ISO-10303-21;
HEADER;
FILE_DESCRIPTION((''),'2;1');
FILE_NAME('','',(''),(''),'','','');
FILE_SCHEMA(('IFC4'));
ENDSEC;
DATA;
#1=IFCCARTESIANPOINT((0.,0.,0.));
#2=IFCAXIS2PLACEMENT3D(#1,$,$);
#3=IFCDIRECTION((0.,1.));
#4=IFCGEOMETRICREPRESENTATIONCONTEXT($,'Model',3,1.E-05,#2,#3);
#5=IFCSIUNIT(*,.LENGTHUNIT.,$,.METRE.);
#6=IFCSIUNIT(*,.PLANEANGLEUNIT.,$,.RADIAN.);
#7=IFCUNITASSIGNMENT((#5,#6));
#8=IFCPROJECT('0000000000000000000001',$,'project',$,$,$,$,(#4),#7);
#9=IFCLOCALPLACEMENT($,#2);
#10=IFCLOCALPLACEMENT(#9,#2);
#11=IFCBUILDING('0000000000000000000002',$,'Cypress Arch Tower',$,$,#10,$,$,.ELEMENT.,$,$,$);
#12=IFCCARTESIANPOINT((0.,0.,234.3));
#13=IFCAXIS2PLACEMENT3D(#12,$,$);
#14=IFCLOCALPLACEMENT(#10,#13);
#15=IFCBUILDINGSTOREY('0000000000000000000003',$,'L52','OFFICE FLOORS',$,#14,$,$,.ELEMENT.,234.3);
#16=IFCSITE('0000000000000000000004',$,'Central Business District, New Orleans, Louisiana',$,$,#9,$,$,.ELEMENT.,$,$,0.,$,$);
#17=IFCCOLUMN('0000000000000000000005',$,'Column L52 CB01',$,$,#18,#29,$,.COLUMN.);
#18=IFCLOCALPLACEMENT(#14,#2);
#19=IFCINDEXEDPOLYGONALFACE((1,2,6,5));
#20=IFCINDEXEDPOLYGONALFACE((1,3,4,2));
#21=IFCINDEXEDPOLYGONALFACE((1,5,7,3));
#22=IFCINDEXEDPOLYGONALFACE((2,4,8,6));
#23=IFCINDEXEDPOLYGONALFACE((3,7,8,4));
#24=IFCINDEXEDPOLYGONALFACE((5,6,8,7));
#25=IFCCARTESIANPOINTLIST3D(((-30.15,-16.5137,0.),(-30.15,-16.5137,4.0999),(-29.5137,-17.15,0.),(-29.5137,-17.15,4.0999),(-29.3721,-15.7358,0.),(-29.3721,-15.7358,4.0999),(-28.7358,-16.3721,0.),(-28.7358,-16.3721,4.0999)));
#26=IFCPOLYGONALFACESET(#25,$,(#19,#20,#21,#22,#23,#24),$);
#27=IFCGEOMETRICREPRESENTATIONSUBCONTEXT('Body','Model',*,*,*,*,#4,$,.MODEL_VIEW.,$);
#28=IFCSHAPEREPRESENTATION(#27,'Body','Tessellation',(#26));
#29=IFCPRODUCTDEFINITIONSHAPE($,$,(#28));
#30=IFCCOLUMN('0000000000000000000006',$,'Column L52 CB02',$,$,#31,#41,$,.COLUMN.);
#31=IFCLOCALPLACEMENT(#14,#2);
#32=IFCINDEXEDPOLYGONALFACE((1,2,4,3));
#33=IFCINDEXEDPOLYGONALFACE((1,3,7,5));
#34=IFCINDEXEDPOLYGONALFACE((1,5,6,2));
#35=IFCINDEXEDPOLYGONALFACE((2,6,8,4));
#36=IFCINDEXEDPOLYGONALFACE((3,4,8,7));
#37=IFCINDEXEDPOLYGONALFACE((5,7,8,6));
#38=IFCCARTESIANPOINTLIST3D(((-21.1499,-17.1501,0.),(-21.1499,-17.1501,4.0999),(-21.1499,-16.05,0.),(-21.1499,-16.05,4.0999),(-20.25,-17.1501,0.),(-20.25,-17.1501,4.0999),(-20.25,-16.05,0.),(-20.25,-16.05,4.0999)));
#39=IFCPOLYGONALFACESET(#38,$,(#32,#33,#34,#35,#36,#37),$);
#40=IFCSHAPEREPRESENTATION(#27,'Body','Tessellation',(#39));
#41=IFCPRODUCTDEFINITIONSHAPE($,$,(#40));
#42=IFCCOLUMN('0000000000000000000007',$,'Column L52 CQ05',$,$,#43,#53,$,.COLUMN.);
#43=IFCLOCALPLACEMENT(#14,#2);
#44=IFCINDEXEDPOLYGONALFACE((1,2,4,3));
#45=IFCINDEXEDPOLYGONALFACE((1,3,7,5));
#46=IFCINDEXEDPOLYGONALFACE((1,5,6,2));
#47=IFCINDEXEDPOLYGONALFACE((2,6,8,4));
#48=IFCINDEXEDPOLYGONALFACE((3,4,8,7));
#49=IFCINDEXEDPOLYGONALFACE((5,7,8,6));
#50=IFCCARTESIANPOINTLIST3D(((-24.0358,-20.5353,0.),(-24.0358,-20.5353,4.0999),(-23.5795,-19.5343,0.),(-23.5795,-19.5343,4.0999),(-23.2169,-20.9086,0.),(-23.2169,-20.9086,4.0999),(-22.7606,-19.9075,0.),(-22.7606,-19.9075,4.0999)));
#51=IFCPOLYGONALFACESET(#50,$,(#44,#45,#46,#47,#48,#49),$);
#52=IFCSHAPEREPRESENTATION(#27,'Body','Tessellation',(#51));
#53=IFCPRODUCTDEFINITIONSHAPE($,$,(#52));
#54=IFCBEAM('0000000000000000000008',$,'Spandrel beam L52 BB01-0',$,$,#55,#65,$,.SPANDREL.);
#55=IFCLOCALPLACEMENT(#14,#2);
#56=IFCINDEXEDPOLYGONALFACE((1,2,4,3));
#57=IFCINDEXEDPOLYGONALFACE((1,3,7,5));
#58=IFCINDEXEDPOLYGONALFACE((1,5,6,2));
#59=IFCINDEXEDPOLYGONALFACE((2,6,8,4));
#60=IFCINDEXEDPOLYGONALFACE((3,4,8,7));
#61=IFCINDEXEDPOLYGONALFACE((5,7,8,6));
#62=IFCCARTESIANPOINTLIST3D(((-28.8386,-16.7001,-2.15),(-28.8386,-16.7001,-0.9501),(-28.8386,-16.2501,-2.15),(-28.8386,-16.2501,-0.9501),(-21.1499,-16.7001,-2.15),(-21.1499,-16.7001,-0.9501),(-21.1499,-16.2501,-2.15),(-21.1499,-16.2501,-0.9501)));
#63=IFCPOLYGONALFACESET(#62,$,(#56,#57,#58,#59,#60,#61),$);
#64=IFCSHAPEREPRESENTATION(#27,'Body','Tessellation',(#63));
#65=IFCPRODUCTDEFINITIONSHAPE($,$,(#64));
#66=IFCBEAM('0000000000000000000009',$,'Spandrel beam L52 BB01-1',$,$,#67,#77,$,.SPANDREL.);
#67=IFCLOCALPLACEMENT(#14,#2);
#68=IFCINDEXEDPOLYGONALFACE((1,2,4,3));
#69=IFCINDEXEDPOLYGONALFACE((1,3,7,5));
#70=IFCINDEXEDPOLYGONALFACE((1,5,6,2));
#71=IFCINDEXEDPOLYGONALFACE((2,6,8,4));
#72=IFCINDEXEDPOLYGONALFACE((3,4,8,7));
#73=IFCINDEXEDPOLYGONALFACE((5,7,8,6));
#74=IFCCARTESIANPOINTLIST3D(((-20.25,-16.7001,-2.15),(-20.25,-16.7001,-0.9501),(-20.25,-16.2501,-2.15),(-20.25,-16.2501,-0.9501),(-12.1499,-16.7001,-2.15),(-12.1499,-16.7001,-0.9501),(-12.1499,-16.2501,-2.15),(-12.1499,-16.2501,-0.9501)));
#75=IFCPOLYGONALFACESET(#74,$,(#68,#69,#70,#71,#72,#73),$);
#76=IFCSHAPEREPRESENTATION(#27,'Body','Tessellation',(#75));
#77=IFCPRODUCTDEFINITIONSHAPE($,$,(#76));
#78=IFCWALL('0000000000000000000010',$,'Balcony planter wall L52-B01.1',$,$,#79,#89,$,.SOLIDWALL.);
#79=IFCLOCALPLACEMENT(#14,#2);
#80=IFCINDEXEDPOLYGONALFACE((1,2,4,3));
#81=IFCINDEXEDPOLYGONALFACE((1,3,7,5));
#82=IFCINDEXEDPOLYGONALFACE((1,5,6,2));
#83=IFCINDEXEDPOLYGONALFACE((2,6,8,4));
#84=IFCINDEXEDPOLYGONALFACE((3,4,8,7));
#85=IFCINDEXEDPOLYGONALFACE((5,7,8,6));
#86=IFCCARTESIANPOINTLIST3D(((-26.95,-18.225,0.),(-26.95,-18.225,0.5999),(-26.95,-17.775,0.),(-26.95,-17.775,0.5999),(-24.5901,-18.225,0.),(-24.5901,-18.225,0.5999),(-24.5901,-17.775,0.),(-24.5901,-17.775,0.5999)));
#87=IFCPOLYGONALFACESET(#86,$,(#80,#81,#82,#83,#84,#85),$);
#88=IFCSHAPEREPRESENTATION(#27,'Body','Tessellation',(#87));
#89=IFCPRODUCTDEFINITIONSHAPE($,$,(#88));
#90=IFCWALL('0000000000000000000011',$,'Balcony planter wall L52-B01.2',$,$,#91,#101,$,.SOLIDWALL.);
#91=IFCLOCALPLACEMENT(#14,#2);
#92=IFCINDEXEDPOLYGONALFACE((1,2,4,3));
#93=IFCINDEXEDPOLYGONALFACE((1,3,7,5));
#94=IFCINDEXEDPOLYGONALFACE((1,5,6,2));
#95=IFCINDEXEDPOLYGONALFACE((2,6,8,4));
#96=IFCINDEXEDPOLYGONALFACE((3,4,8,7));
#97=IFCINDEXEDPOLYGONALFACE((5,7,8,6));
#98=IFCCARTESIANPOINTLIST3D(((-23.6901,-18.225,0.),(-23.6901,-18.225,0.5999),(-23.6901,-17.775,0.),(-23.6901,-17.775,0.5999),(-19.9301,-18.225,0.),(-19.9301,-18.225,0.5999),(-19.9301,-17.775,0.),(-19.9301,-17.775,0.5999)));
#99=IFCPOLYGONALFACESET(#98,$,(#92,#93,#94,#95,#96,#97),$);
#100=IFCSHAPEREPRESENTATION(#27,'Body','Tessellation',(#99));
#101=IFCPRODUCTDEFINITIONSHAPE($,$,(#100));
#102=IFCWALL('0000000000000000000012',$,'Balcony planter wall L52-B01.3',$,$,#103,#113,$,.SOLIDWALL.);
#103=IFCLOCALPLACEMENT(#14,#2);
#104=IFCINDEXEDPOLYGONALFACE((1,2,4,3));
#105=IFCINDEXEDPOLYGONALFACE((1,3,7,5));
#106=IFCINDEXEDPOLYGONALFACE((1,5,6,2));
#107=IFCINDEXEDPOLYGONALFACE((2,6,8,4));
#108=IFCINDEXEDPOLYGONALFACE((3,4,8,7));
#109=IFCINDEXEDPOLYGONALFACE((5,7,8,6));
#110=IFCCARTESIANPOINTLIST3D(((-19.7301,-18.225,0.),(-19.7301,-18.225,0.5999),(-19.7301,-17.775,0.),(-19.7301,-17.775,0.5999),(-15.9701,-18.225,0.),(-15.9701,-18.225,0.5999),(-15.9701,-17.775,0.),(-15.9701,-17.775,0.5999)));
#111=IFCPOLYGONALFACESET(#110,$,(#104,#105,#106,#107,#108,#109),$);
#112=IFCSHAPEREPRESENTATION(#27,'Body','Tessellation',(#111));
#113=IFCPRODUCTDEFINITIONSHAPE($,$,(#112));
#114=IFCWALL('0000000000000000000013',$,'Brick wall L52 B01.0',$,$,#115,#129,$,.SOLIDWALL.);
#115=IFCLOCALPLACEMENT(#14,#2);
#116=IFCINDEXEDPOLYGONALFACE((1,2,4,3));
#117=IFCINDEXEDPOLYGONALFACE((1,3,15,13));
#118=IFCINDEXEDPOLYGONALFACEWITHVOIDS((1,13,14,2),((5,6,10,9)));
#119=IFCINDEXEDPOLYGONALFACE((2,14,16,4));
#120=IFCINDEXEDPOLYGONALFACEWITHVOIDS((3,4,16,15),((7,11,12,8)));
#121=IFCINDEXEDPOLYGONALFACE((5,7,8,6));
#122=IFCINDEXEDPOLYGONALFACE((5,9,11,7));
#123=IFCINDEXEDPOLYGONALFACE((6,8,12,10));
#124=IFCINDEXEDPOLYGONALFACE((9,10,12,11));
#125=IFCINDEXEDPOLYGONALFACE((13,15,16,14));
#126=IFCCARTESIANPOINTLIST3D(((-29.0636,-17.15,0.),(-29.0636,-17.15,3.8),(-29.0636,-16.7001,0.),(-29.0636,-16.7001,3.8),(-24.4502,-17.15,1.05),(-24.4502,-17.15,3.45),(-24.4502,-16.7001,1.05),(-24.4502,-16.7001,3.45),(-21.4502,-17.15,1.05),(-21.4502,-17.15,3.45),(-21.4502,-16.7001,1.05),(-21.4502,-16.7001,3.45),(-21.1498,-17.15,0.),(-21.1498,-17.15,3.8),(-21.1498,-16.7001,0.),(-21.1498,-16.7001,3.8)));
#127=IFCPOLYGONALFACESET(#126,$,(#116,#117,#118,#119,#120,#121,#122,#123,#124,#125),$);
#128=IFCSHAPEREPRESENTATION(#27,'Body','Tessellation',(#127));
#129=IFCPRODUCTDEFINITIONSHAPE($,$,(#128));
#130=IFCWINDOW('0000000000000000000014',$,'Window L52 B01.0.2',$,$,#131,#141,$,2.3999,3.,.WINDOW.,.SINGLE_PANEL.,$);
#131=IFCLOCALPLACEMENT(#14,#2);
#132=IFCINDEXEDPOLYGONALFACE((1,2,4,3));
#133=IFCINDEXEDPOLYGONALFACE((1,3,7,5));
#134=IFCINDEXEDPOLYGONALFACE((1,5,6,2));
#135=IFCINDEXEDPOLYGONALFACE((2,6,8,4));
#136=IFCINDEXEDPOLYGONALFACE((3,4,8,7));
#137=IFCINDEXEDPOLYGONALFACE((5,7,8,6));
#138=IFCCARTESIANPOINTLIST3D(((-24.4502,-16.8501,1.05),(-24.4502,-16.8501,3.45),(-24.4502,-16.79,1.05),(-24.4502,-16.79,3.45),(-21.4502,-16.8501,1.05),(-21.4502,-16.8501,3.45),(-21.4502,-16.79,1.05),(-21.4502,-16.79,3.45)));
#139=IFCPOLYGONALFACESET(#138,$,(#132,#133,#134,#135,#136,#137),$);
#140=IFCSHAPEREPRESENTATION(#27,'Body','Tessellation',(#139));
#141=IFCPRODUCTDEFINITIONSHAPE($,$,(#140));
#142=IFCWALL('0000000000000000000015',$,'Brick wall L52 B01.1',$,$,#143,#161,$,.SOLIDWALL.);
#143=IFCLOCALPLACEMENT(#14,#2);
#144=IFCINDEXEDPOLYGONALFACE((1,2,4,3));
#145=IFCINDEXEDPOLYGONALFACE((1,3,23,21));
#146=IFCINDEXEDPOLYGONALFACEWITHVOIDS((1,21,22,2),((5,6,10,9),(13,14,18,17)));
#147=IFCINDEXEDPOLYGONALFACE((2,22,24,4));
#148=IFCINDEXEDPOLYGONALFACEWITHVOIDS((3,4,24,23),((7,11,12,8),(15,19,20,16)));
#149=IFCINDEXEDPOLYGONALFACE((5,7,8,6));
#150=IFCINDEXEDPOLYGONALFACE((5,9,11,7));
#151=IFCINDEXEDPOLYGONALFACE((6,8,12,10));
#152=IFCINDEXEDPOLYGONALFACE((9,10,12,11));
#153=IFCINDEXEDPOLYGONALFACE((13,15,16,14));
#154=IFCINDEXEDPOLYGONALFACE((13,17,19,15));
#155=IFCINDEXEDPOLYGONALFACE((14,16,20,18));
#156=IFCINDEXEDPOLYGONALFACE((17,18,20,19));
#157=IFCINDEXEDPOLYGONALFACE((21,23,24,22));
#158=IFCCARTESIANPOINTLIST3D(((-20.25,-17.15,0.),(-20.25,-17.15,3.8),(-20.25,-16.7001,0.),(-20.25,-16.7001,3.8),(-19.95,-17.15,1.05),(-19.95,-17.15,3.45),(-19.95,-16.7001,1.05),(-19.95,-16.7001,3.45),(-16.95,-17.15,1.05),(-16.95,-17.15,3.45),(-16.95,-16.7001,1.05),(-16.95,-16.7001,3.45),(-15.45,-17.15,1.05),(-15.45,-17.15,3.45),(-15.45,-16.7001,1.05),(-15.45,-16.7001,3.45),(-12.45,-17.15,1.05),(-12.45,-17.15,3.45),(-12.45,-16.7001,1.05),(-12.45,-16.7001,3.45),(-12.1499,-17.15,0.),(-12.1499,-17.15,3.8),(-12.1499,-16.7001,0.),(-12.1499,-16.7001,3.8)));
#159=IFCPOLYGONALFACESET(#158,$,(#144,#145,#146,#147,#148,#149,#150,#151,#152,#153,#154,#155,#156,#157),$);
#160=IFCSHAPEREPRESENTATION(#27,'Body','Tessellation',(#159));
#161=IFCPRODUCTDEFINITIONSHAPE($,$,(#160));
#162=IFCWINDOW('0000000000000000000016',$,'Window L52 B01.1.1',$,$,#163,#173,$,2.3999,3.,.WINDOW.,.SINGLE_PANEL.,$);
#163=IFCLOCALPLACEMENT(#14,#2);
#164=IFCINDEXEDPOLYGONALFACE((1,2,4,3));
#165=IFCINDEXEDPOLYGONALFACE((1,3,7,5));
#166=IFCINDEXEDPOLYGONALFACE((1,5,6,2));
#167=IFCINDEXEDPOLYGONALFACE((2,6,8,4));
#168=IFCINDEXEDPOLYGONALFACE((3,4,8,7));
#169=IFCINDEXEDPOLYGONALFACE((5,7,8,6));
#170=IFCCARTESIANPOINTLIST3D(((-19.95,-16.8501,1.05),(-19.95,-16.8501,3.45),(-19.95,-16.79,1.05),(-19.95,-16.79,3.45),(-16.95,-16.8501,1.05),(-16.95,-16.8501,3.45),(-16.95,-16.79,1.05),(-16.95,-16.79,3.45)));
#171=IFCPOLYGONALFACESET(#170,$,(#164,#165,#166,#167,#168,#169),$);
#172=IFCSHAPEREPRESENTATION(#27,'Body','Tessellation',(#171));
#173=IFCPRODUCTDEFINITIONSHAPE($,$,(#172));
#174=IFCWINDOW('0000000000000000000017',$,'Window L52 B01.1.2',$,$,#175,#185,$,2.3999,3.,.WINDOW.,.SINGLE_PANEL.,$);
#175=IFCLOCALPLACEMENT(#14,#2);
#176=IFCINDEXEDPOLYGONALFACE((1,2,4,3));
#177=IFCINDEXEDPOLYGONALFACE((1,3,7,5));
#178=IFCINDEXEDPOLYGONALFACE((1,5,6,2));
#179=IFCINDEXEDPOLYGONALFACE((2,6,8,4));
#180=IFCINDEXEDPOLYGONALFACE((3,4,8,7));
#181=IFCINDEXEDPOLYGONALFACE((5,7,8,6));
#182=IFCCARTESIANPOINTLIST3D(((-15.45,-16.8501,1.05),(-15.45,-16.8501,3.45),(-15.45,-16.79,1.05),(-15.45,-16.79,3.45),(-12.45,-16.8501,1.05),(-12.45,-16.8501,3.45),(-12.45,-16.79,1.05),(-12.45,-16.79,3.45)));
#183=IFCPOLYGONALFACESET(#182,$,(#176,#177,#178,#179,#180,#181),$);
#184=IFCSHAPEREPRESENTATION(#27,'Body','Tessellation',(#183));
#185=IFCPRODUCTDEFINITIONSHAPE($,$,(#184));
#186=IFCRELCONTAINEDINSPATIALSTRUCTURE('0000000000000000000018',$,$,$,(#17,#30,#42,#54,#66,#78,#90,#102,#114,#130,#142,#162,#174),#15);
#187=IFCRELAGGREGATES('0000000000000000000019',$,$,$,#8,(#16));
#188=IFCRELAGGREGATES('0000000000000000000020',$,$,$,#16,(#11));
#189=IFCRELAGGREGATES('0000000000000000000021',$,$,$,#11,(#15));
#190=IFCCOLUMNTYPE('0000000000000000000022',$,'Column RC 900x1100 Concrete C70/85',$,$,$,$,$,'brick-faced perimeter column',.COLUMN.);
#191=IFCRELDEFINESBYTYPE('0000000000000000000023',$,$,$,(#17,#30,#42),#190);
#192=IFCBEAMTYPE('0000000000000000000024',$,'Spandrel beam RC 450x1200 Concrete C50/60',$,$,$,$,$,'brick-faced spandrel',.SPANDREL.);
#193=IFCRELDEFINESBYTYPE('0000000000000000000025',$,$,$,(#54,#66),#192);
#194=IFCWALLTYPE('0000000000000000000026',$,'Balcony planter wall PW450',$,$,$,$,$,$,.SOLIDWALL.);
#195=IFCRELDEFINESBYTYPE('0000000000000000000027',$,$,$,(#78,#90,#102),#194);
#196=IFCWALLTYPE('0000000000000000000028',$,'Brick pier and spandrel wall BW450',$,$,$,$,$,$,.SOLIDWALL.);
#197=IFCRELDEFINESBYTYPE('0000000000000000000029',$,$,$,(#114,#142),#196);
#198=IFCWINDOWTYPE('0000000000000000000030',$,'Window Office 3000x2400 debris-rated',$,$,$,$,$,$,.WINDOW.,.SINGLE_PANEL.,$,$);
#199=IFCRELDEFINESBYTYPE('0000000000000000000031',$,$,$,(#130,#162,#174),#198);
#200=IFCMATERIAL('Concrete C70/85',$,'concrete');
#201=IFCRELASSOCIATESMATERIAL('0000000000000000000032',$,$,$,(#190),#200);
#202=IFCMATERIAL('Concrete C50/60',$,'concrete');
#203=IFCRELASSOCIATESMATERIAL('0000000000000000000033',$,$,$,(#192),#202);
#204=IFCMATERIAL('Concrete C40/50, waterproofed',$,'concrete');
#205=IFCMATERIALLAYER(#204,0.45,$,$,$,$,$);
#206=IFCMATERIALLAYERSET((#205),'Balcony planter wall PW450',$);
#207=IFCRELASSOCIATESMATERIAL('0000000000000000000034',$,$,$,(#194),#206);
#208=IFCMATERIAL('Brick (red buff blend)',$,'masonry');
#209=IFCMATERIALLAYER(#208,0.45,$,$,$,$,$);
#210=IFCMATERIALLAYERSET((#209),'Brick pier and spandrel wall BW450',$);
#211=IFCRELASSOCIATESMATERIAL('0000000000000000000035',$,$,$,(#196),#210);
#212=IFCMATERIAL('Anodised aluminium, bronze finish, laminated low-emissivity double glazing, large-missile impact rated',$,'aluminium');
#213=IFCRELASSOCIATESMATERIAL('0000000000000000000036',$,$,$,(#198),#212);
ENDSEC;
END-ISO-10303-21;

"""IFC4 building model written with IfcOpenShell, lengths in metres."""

from ifc_helpers import new_model, si_unit, direction, frame, frame_2d, origin, origin_2d, place, context, subcontext, project, spatial, rectangle, extrude, material, layer, layer_set, material_profile, profile_set, type_object, element, fill, save


model = new_model("IFC4")

# Units and contexts
model_context = context("Model", 3, precision=1e-05, world=origin(), true_north=direction((0.0, 1.0)))
body_context = subcontext(model_context, "Body", "Model", "MODEL_VIEW")
ifc_project = project(units=[si_unit("LENGTHUNIT", "METRE"), si_unit("PLANEANGLEUNIT", "RADIAN")], contexts=[model_context])

# Site, building, storey
site_placement = place(None, origin())
site = spatial("IfcSite", under=ifc_project, at=site_placement, Name="Central Business District, New Orleans, Louisiana", CompositionType="ELEMENT", RefElevation=0.0)
building_placement = place(site_placement, origin())
building = spatial("IfcBuilding", under=site, at=building_placement, Name="Cypress Arch Tower", CompositionType="ELEMENT")
storey_placement = place(building_placement, frame((0.0, 0.0, 234.3)))
storey = spatial("IfcBuildingStorey", under=building, at=storey_placement, Name="L52", Description="OFFICE FLOORS", CompositionType="ELEMENT", Elevation=234.3)

# Columns
ifc_material_1 = material(Name="Concrete C70/85", Category="concrete")
ifc_material_profile_1 = material_profile(ifc_material_1, rectangle(XDim=0.8999, YDim=1.1001, at=origin_2d()), Name="RC 900x1100")
ifc_profile_set_1 = profile_set([ifc_material_profile_1], Name="Concrete C70/85")
column_type = type_object("IfcColumnType", Name="Column RC 900x1100 Concrete C70/85", ElementType="brick-faced perimeter column", PredefinedType="COLUMN", material=ifc_profile_set_1)
for number, where, z_axis, x_axis, name in (
    (1, (-29.4429, -16.4429, 0.0), (0.0, 0.0, 1.0), (0.707107, -0.707107, 0.0), "Column L52 CB01"),
    (2, (-20.7, -16.6001, 0.0), (0.0, 0.0, 1.0), (1.0, 0.0, 0.0), "Column L52 CB02"),
    (3, (-23.3982, -20.2214, 0.0), (0.0, 0.0, 1.0), (0.909932, -0.414757, 0.0), "Column L52 CQ05"),
):
    element("IfcColumn", number, at=place(storey_placement, frame(where, z_axis=z_axis, x_axis=x_axis)), inside=storey, type_object=column_type, Name=name, PredefinedType="COLUMN", context=body_context, shape_type="SweptSolid", body=[
        extrude(rectangle(XDim=0.8999, YDim=1.1001, at=origin_2d()), origin(), (0.0, 0.0, 1.0), 4.0999),
    ])

# Beams
ifc_material_2 = material(Name="Concrete C50/60", Category="concrete")
ifc_material_profile_2 = material_profile(ifc_material_2, rectangle(XDim=0.45, YDim=1.2, at=origin_2d()), Name="RC 450x1200")
ifc_profile_set_2 = profile_set([ifc_material_profile_2], Name="Concrete C50/60")
beam_type = type_object("IfcBeamType", Name="Spandrel beam RC 450x1200 Concrete C50/60", ElementType="brick-faced spandrel", PredefinedType="SPANDREL", material=ifc_profile_set_2)
beam_1_placement = place(storey_placement, frame((-28.8386, -16.4751, -1.55), z_axis=(1.0, 0.0, 0.0), x_axis=(0.0, 1.0, 0.0)))
element("IfcBeam", 4, at=beam_1_placement, inside=storey, type_object=beam_type, Name="Spandrel beam L52 BB01-0", PredefinedType="SPANDREL", context=body_context, shape_type="SweptSolid", body=[
    extrude(rectangle(XDim=0.45, YDim=1.2, at=origin_2d()), origin(), (0.0, 0.0, 1.0), 7.6887),
])
beam_2_placement = place(storey_placement, frame((-20.25, -16.4751, -1.55), z_axis=(1.0, 0.0, 0.0), x_axis=(0.0, 1.0, 0.0)))
element("IfcBeam", 5, at=beam_2_placement, inside=storey, type_object=beam_type, Name="Spandrel beam L52 BB01-1", PredefinedType="SPANDREL", context=body_context, shape_type="SweptSolid", body=[
    extrude(rectangle(XDim=0.45, YDim=1.2, at=origin_2d()), origin(), (0.0, 0.0, 1.0), 8.1001),
])

# Walls
ifc_material_3 = material(Name="Concrete C40/50, waterproofed", Category="concrete")
ifc_layer_1 = layer(ifc_material_3, 0.45)
ifc_layer_set_1 = layer_set([ifc_layer_1], Name="Balcony planter wall PW450")
wall_type_1 = type_object("IfcWallType", Name="Balcony planter wall PW450", PredefinedType="SOLIDWALL", material=ifc_layer_set_1)
wall_1_placement = place(storey_placement, frame((-26.95, -18.0, 0.0), z_axis=(0.0, 0.0, 1.0), x_axis=(1.0, 0.0, 0.0)))
element("IfcWall", 6, at=wall_1_placement, inside=storey, type_object=wall_type_1, Name="Balcony planter wall L52-B01.1", PredefinedType="SOLIDWALL", context=body_context, shape_type="SweptSolid", body=[
    extrude(rectangle(XDim=2.3599, YDim=0.45, at=frame_2d((1.1799, 0.0))), origin(), (0.0, 0.0, 1.0), 0.5999),
])
for number, where, z_axis, x_axis, name in (
    (7, (-23.6899, -18.0, 0.0), (0.0, 0.0, 1.0), (1.0, 0.0, 0.0), "Balcony planter wall L52-B01.2"),
    (8, (-19.73, -18.0, 0.0), (0.0, 0.0, 1.0), (1.0, 0.0, 0.0), "Balcony planter wall L52-B01.3"),
):
    element("IfcWall", number, at=place(storey_placement, frame(where, z_axis=z_axis, x_axis=x_axis)), inside=storey, type_object=wall_type_1, Name=name, PredefinedType="SOLIDWALL", context=body_context, shape_type="SweptSolid", body=[
        extrude(rectangle(XDim=3.76, YDim=0.45, at=frame_2d((1.8799, 0.0))), origin(), (0.0, 0.0, 1.0), 0.5999),
    ])

# Wall, opening, window
ifc_material_4 = material(Name="Brick (red buff blend)", Category="masonry")
ifc_layer_2 = layer(ifc_material_4, 0.45)
ifc_layer_set_2 = layer_set([ifc_layer_2], Name="Brick pier and spandrel wall BW450")
wall_type_2 = type_object("IfcWallType", Name="Brick pier and spandrel wall BW450", PredefinedType="SOLIDWALL", material=ifc_layer_set_2)
wall_2_placement = place(storey_placement, frame((-29.0637, -16.925, 0.0), z_axis=(0.0, 0.0, 1.0), x_axis=(1.0, 0.0, 0.0)))
wall_2 = element("IfcWall", 9, at=wall_2_placement, inside=storey, type_object=wall_type_2, Name="Brick wall L52 B01.0", PredefinedType="SOLIDWALL", context=body_context, shape_type="SweptSolid", body=[
    extrude(rectangle(XDim=7.9138, YDim=0.45, at=frame_2d((3.957, 0.0))), origin(), (0.0, 0.0, 1.0), 3.8),
])
opening_1_placement = place(wall_2_placement, frame((4.6135, 0.0, 1.05)))
opening_1 = element("IfcOpeningElement", 10, at=opening_1_placement, cuts=wall_2, PredefinedType="OPENING", context=body_context, shape_type="SweptSolid", body=[
    extrude(rectangle(XDim=3.0, YDim=2.3999, at=frame_2d((1.5, 1.2))), frame((0.0, 0.2349, 0.0), z_axis=(0.0, -1.0, 0.0), x_axis=(1.0, 0.0, 0.0)), (0.0, 0.0, 1.0), 0.47),
])
ifc_material_5 = material(Name="Anodised aluminium, bronze finish, laminated low-emissivity double glazing, large-missile impact rated", Category="aluminium")
window_type = type_object("IfcWindowType", Name="Window Office 3000x2400 debris-rated", PartitioningType="SINGLE_PANEL", PredefinedType="WINDOW", material=ifc_material_5)
window_1_placement = place(opening_1_placement, origin())
window_1 = element("IfcWindow", 11, at=window_1_placement, inside=storey, type_object=window_type, Name="Window L52 B01.0.2", OverallHeight=2.3999, OverallWidth=3.0, PartitioningType="SINGLE_PANEL", PredefinedType="WINDOW", context=body_context, shape_type="SweptSolid", body=[
    extrude(rectangle(XDim=3.0, YDim=2.3999, at=frame_2d((1.5, 1.2))), frame((0.0, 0.135, 0.0), z_axis=(0.0, -1.0, 0.0), x_axis=(1.0, 0.0, 0.0)), (0.0, 0.0, 1.0), 0.0601),
])
fill(opening_1, window_1)

# Wall, openings, windows
wall_3_placement = place(storey_placement, frame((-20.25, -16.925, 0.0), z_axis=(0.0, 0.0, 1.0), x_axis=(1.0, 0.0, 0.0)))
wall_3 = element("IfcWall", 12, at=wall_3_placement, inside=storey, type_object=wall_type_2, Name="Brick wall L52 B01.1", PredefinedType="SOLIDWALL", context=body_context, shape_type="SweptSolid", body=[
    extrude(rectangle(XDim=8.1001, YDim=0.45, at=frame_2d((4.05, 0.0))), origin(), (0.0, 0.0, 1.0), 3.8),
])
opening_2_placement = place(wall_3_placement, frame((0.3, 0.0, 1.05)))
opening_2 = element("IfcOpeningElement", 13, at=opening_2_placement, cuts=wall_3, PredefinedType="OPENING", context=body_context, shape_type="SweptSolid", body=[
    extrude(rectangle(XDim=3.0, YDim=2.3999, at=frame_2d((1.5, 1.2))), frame((0.0, 0.2349, 0.0), z_axis=(0.0, -1.0, 0.0), x_axis=(1.0, 0.0, 0.0)), (0.0, 0.0, 1.0), 0.47),
])
opening_3_placement = place(wall_3_placement, frame((4.8, 0.0, 1.05)))
opening_3 = element("IfcOpeningElement", 14, at=opening_3_placement, cuts=wall_3, PredefinedType="OPENING", context=body_context, shape_type="SweptSolid", body=[
    extrude(rectangle(XDim=3.0, YDim=2.3999, at=frame_2d((1.5, 1.2))), frame((0.0, 0.2349, 0.0), z_axis=(0.0, -1.0, 0.0), x_axis=(1.0, 0.0, 0.0)), (0.0, 0.0, 1.0), 0.47),
])
window_2_placement = place(opening_2_placement, origin())
window_2 = element("IfcWindow", 15, at=window_2_placement, inside=storey, type_object=window_type, Name="Window L52 B01.1.1", OverallHeight=2.3999, OverallWidth=3.0, PartitioningType="SINGLE_PANEL", PredefinedType="WINDOW", context=body_context, shape_type="SweptSolid", body=[
    extrude(rectangle(XDim=3.0, YDim=2.3999, at=frame_2d((1.5, 1.2))), frame((0.0, 0.135, 0.0), z_axis=(0.0, -1.0, 0.0), x_axis=(1.0, 0.0, 0.0)), (0.0, 0.0, 1.0), 0.0601),
])
fill(opening_2, window_2)
window_3_placement = place(opening_3_placement, origin())
window_3 = element("IfcWindow", 16, at=window_3_placement, inside=storey, type_object=window_type, Name="Window L52 B01.1.2", OverallHeight=2.3999, OverallWidth=3.0, PartitioningType="SINGLE_PANEL", PredefinedType="WINDOW", context=body_context, shape_type="SweptSolid", body=[
    extrude(rectangle(XDim=3.0, YDim=2.3999, at=frame_2d((1.5, 1.2))), frame((0.0, 0.135, 0.0), z_axis=(0.0, -1.0, 0.0), x_axis=(1.0, 0.0, 0.0)), (0.0, 0.0, 1.0), 0.0601),
])
fill(opening_3, window_3)

save(model, "model.ifc")
